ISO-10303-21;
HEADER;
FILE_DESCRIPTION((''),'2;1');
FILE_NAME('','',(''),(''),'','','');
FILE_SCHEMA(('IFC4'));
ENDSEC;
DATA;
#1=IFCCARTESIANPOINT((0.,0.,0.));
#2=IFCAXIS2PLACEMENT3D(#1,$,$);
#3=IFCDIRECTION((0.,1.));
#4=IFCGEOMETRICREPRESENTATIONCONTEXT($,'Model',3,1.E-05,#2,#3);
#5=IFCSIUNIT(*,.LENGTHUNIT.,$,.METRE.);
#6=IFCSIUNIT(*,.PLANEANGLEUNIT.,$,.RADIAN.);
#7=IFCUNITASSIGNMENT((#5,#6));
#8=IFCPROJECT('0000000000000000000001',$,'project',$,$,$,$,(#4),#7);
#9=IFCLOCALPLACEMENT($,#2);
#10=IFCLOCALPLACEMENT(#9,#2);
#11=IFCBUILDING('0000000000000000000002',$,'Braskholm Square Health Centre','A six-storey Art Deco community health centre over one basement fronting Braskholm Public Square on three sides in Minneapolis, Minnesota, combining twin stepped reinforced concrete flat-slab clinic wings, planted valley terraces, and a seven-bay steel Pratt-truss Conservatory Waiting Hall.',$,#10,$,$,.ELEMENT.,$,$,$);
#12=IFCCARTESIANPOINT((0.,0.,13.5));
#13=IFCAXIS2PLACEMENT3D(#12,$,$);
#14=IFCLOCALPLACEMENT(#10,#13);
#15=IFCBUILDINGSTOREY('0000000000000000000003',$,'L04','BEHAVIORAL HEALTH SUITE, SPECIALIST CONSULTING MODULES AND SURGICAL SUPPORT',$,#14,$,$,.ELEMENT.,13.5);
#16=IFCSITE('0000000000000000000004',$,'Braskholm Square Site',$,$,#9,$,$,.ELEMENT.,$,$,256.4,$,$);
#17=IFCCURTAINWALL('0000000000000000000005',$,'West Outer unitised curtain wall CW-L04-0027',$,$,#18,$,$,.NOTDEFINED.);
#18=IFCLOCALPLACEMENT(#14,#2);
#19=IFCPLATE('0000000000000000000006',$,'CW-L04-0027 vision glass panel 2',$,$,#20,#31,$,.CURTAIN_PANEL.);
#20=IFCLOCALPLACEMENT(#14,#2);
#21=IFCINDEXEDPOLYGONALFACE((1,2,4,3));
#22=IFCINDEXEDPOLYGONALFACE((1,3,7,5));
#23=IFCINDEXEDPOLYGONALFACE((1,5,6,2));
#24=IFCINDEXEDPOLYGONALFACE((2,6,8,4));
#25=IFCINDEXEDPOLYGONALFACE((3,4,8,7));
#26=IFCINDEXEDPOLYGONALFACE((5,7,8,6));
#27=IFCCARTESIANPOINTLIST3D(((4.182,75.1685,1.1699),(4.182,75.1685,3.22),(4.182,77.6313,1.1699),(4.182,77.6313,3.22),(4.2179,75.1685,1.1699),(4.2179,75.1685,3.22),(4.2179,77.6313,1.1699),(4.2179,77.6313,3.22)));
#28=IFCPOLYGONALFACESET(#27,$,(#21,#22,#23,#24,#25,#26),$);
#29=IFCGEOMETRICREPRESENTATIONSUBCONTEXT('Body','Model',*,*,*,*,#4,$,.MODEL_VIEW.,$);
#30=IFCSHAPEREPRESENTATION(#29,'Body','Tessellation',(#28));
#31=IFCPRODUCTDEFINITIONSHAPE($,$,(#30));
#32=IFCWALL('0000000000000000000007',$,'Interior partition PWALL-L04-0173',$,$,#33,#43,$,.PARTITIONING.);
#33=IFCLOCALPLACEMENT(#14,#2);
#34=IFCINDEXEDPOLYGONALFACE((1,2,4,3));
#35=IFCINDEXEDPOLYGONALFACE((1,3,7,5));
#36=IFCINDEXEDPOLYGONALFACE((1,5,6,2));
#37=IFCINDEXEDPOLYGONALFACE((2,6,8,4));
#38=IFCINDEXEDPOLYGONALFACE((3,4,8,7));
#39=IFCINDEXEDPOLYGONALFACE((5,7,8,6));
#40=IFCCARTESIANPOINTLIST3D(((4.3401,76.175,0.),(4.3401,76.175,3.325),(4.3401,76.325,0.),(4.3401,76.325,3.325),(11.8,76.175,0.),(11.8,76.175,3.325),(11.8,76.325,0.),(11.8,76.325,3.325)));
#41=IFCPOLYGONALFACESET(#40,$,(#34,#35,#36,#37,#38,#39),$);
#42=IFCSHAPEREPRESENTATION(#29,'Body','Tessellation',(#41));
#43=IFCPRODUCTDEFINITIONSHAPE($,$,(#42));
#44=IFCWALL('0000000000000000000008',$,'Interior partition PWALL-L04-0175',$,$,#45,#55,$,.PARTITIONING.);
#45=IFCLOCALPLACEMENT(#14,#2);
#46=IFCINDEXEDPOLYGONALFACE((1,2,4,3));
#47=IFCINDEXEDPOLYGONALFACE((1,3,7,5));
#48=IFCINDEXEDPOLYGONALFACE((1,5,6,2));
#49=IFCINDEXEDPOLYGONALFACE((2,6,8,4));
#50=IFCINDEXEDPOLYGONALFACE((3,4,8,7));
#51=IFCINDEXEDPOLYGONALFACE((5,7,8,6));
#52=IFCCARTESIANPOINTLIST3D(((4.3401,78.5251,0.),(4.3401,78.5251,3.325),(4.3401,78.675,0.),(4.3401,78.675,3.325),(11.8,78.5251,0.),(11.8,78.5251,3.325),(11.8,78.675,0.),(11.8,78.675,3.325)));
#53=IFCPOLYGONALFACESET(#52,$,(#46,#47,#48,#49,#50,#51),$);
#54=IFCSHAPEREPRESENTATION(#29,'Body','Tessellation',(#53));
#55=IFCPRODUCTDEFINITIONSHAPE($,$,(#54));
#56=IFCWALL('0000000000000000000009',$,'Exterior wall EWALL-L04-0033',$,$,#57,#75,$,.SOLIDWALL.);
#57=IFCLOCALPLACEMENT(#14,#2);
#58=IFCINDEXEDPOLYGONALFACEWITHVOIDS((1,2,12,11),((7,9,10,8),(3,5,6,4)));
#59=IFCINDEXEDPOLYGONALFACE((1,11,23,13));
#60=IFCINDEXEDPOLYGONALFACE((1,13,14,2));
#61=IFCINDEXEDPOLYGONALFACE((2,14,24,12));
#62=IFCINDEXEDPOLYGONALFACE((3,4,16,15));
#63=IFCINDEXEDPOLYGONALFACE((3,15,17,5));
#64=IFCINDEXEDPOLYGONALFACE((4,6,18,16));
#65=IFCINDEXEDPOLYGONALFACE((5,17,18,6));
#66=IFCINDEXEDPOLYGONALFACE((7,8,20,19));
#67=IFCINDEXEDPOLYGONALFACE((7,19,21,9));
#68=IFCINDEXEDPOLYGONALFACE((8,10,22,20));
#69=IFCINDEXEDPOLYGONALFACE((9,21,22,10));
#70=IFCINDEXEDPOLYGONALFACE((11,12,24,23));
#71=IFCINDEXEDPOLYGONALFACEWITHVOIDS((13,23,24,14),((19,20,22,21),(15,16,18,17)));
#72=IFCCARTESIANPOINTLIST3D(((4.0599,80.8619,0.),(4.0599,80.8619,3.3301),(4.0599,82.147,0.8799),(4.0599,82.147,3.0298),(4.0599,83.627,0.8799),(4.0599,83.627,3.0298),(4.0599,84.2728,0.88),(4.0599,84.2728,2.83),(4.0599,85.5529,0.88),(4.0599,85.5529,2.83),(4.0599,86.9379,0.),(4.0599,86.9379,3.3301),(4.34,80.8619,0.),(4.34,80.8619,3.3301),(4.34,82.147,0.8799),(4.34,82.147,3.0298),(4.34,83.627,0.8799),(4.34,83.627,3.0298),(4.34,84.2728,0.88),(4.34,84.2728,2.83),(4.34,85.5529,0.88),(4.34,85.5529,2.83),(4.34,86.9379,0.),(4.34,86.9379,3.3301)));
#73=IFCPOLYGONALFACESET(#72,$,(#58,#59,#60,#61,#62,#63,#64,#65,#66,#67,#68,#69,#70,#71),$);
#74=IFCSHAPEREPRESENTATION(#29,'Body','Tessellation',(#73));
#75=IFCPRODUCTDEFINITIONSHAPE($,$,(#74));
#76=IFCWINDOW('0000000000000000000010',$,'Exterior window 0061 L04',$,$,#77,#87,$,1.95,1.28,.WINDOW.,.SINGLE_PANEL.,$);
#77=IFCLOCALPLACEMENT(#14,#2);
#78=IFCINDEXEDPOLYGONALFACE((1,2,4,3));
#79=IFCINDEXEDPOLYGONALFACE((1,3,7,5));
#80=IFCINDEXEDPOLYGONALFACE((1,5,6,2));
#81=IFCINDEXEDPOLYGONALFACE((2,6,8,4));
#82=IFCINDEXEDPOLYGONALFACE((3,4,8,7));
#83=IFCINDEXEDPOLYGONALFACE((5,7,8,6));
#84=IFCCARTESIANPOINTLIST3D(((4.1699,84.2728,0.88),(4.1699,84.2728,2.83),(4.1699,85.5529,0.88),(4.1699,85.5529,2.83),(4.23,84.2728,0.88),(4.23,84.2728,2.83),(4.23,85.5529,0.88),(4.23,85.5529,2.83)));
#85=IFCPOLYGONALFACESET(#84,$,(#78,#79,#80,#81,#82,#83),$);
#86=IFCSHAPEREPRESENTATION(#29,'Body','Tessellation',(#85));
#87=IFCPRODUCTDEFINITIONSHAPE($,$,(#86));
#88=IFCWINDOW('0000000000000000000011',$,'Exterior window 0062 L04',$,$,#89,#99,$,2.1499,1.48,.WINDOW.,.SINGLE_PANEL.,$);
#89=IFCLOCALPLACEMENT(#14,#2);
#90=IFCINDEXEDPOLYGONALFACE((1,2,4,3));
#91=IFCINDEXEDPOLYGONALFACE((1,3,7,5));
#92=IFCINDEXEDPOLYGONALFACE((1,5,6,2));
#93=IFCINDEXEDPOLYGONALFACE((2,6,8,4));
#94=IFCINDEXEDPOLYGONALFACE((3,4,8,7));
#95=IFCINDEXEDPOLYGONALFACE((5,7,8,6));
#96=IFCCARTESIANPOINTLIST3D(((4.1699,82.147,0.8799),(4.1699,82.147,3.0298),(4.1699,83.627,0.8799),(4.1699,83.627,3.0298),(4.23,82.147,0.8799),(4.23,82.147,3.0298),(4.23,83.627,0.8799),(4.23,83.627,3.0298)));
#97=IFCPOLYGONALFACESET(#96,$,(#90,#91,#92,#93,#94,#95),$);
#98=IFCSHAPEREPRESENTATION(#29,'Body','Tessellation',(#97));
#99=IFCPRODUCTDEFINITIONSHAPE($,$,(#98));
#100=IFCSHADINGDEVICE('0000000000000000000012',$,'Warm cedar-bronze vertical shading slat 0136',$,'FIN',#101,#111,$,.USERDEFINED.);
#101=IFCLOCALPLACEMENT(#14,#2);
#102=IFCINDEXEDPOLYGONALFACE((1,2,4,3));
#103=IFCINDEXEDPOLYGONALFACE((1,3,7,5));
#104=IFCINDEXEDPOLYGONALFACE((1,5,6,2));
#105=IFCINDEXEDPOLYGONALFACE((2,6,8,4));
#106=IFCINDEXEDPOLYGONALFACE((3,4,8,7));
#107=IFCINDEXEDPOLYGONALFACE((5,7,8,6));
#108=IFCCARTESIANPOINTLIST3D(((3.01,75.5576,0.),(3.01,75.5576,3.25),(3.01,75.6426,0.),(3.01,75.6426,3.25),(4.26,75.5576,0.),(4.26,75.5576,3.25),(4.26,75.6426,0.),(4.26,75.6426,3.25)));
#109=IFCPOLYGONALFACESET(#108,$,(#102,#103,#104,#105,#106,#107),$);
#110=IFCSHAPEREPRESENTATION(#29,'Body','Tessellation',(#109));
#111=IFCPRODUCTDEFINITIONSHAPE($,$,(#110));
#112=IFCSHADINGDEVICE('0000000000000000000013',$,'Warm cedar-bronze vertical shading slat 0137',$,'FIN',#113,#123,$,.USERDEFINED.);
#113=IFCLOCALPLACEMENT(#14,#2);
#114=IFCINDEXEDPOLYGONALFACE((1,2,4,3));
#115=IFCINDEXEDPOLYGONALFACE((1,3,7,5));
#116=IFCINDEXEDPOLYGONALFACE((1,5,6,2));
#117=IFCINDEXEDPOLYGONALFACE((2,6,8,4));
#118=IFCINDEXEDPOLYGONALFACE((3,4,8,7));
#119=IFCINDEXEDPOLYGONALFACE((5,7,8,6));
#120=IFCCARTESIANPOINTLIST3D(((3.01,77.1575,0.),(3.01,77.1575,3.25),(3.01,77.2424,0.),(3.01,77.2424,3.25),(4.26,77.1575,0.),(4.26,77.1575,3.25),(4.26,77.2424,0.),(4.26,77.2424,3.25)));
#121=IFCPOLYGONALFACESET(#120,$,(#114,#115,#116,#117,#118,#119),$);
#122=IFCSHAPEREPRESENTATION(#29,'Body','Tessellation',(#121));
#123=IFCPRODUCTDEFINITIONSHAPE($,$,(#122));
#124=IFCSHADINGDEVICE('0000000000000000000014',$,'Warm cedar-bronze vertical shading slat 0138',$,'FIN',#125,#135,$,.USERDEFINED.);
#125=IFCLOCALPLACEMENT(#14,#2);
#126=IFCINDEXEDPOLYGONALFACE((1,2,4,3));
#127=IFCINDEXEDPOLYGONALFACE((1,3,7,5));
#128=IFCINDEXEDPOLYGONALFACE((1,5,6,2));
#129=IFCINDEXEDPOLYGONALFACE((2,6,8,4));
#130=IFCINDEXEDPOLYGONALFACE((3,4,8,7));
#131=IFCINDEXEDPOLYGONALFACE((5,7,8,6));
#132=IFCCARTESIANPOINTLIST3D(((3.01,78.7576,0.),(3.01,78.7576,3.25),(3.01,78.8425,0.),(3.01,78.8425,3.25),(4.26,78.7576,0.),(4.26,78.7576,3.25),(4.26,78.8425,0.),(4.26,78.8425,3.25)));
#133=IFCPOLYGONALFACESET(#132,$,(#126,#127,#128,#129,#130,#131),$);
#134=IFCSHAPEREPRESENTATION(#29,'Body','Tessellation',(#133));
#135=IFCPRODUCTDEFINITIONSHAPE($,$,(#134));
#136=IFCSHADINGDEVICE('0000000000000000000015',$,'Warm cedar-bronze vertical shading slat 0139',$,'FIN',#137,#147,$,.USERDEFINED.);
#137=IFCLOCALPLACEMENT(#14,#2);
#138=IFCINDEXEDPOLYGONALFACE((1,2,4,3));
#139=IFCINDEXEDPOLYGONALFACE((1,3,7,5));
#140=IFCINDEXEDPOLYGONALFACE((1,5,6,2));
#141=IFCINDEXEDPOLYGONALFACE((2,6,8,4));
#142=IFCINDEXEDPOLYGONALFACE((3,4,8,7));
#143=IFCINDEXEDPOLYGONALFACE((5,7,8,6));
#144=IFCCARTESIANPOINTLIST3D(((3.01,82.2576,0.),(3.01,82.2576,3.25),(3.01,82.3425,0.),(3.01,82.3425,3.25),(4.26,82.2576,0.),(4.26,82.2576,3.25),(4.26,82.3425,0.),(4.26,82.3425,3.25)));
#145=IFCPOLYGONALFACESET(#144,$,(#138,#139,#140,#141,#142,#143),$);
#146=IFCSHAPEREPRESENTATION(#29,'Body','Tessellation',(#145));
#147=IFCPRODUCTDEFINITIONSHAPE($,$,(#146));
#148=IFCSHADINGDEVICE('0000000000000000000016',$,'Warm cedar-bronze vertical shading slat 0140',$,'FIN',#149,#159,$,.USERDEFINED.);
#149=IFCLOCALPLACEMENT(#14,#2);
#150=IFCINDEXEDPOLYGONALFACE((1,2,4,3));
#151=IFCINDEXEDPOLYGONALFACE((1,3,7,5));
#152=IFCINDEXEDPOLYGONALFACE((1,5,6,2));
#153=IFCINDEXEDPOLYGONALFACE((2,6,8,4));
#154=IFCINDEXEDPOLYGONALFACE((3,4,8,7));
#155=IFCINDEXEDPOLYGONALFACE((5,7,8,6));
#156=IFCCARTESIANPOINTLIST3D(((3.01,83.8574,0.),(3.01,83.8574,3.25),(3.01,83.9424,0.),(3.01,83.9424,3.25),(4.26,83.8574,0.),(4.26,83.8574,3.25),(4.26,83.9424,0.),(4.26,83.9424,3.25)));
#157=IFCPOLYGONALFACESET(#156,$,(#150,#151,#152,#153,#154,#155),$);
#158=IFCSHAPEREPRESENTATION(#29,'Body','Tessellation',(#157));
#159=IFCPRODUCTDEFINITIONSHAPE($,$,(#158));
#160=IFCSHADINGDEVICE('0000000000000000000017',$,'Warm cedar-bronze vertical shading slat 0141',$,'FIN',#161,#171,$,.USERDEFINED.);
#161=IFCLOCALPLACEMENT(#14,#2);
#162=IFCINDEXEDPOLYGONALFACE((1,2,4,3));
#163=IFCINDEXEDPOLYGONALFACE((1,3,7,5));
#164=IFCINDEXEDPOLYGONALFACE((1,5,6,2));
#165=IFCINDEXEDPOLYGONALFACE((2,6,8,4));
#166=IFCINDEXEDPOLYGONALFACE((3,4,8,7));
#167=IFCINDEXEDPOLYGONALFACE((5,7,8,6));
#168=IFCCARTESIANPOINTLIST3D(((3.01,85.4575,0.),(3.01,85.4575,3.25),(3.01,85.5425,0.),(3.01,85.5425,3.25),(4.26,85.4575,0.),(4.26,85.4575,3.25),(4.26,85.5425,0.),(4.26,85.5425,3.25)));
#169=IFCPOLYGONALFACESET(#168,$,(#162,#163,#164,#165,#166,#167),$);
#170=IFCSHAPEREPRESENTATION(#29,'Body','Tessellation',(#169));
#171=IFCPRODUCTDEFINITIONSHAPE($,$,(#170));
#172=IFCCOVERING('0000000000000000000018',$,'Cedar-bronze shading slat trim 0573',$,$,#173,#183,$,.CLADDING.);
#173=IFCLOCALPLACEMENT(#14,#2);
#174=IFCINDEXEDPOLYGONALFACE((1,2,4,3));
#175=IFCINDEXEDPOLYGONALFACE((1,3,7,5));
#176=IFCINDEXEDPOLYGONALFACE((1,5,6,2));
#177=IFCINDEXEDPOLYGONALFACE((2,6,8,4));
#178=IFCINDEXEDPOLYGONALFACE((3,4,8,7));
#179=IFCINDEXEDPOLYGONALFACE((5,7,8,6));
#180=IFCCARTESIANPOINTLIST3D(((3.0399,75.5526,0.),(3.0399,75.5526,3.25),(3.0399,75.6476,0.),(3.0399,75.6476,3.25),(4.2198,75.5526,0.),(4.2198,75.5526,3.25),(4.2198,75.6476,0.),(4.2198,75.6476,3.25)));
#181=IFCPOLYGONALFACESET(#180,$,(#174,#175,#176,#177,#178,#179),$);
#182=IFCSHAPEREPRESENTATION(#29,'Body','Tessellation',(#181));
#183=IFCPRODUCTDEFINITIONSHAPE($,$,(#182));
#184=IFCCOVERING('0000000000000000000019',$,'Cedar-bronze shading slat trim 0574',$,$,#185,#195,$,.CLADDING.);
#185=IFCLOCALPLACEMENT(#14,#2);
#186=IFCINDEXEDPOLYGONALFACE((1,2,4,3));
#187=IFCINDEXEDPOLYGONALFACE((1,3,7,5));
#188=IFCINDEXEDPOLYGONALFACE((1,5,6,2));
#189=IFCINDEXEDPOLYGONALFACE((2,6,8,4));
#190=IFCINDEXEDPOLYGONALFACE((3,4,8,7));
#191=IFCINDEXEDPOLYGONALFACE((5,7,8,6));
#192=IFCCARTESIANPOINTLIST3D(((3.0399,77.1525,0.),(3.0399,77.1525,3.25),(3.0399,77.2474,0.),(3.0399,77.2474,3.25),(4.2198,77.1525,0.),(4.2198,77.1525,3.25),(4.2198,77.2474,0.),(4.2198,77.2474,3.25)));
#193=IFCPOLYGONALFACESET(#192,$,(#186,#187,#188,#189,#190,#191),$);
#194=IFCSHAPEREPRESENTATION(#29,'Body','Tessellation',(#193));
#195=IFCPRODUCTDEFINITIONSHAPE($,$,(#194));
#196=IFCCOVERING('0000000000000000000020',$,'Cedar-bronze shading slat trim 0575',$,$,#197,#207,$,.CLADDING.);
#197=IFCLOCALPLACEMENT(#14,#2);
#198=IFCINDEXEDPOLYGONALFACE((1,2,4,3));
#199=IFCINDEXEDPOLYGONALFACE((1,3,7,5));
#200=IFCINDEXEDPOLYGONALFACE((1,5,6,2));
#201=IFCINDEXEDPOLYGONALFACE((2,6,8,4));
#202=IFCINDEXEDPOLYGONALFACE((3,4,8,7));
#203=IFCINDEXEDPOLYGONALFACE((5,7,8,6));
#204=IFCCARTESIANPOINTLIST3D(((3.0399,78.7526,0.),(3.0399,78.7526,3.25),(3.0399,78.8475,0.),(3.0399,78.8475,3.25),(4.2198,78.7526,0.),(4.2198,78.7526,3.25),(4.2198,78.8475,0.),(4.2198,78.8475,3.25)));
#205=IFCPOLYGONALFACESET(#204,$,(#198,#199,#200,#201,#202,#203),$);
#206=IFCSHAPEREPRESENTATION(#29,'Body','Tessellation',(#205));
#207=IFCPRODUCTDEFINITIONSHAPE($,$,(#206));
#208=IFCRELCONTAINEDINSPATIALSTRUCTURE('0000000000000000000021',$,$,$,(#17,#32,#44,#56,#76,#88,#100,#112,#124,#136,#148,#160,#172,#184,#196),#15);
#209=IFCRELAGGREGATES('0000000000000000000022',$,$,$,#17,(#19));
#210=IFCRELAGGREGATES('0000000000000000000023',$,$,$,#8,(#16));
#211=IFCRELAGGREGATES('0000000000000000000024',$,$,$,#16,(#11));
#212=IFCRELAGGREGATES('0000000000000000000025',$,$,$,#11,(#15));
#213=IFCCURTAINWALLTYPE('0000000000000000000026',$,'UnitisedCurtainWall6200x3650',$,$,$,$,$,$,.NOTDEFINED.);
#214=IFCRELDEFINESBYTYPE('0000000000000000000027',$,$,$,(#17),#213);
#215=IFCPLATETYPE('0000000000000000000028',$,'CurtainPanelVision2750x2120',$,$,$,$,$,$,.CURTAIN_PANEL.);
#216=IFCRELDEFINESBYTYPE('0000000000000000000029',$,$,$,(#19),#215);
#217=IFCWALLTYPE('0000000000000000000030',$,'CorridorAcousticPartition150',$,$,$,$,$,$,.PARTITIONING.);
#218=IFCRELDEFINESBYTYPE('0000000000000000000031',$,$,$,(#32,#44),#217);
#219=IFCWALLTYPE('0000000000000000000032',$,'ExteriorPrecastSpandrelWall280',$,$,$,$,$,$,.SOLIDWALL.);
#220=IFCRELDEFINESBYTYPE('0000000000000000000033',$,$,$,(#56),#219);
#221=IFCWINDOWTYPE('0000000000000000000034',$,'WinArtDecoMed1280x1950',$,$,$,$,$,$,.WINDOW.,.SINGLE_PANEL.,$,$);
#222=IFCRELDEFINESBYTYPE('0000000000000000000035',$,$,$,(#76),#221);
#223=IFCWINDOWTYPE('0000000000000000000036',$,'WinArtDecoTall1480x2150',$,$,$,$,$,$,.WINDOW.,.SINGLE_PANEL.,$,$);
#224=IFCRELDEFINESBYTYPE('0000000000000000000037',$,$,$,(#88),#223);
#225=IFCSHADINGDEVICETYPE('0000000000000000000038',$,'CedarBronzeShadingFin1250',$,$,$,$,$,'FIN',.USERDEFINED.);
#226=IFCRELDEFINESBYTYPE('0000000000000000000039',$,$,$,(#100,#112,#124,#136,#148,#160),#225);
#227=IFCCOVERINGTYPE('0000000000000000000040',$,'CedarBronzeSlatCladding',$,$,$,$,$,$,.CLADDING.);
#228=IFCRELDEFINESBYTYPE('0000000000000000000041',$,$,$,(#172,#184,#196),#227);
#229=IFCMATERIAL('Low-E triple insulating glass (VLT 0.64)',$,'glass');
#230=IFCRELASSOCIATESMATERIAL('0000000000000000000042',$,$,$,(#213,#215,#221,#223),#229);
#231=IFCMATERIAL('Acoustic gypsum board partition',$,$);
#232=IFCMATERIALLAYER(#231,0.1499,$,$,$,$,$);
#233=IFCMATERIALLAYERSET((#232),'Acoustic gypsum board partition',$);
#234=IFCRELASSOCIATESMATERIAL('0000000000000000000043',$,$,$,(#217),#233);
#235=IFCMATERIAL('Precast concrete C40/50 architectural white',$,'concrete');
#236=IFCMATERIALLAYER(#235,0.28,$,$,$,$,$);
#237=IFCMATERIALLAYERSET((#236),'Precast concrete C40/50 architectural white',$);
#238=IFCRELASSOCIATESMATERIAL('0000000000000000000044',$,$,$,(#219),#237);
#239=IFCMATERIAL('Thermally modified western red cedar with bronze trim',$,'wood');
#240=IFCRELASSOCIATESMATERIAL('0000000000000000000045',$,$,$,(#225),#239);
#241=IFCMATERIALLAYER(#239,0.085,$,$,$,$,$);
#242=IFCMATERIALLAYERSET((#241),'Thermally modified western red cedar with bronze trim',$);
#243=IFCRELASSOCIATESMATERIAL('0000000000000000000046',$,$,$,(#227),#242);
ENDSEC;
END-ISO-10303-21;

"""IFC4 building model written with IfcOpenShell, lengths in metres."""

from ifc_helpers import new_model, si_unit, direction, frame, frame_2d, origin, origin_with_axes, origin_2d, place, context, subcontext, project, spatial, rectangle, extrude, material, layer, layer_set, type_object, element, fill, aggregate, save


model = new_model("IFC4")

# Units and contexts
model_context = context("Model", 3, precision=1e-05, world=origin(), true_north=direction((0.0, 1.0)))
body_context = subcontext(model_context, "Body", "Model", "MODEL_VIEW")
ifc_project = project(units=[si_unit("LENGTHUNIT", "METRE"), si_unit("PLANEANGLEUNIT", "RADIAN")], contexts=[model_context])

# Site, building, storey
site_placement = place(None, origin())
site = spatial("IfcSite", under=ifc_project, at=site_placement, Name="Braskholm Square Site", CompositionType="ELEMENT", RefElevation=256.4)
building_placement = place(site_placement, origin())
building = spatial("IfcBuilding", under=site, at=building_placement, Name="Braskholm Square Health Centre", Description="A six-storey Art Deco community health centre over one basement fronting Braskholm Public Square on three sides in Minneapolis, Minnesota, combining twin stepped reinforced concrete flat-slab clinic wings, planted valley terraces, and a seven-bay steel Pratt-truss Conservatory Waiting Hall.", CompositionType="ELEMENT")
storey_placement = place(building_placement, frame((0.0, 0.0, 13.5)))
storey = spatial("IfcBuildingStorey", under=building, at=storey_placement, Name="L04", Description="BEHAVIORAL HEALTH SUITE, SPECIALIST CONSULTING MODULES AND SURGICAL SUPPORT", CompositionType="ELEMENT", Elevation=13.5)

# Shared definitions
ifc_material_1 = material(Name="Precast concrete C40/50 architectural white", Category="concrete")

# Curtain wall
ifc_material_2 = material(Name="Low-E triple insulating glass (VLT 0.64)", Category="glass")
curtain_wall_type = type_object("IfcCurtainWallType", Name="UnitisedCurtainWall6200x3650", PredefinedType="NOTDEFINED", material=ifc_material_2)
curtain_wall_placement = place(storey_placement, origin())
curtain_wall = element("IfcCurtainWall", 1, at=curtain_wall_placement, inside=storey, type_object=curtain_wall_type, Name="West Outer unitised curtain wall CW-L04-0027", PredefinedType="NOTDEFINED")

# Plate
plate_type_1 = type_object("IfcPlateType", Name="CurtainPanelVision2750x2120", PredefinedType="CURTAIN_PANEL", material=ifc_material_2)
plate_1_placement = place(storey_placement, frame((4.2, 76.3999, 1.1699), z_axis=(0.0, 0.0, 1.0), x_axis=(0.0, -1.0, 0.0)))
plate_1 = element("IfcPlate", 2, at=plate_1_placement, type_object=plate_type_1, Name="CW-L04-0027 vision glass panel 2", PredefinedType="CURTAIN_PANEL", context=body_context, shape_type="SweptSolid", body=[
    extrude(rectangle(XDim=2.4629, YDim=0.0359, at=origin_2d()), origin(), (0.0, 0.0, 1.0), 2.05),
])
aggregate(curtain_wall, [plate_1])

# Walls
ifc_material_3 = material(Name="Acoustic gypsum board partition")
ifc_layer_1 = layer(ifc_material_3, 0.1499)
ifc_layer_set_1 = layer_set([ifc_layer_1], Name="Acoustic gypsum board partition")
wall_type_1 = type_object("IfcWallType", Name="CorridorAcousticPartition150", PredefinedType="PARTITIONING", material=ifc_layer_set_1)
for number, where, z_axis, x_axis, name in (
    (3, (4.3401, 76.25, 0.0), (0.0, 0.0, 1.0), (1.0, 0.0, 0.0), "Interior partition PWALL-L04-0173"),
    (4, (4.3401, 78.6001, 0.0), (0.0, 0.0, 1.0), (1.0, 0.0, 0.0), "Interior partition PWALL-L04-0175"),
):
    element("IfcWall", number, at=place(storey_placement, frame(where, z_axis=z_axis, x_axis=x_axis)), inside=storey, type_object=wall_type_1, Name=name, PredefinedType="PARTITIONING", context=body_context, shape_type="SweptSolid", body=[
        extrude(rectangle(XDim=7.46, YDim=0.1499, at=frame_2d((3.73, 0.0))), origin(), (0.0, 0.0, 1.0), 3.325),
    ])

# Wall, openings, windows
ifc_layer_2 = layer(ifc_material_1, 0.28)
ifc_layer_set_2 = layer_set([ifc_layer_2], Name="Precast concrete C40/50 architectural white")
wall_type_2 = type_object("IfcWallType", Name="ExteriorPrecastSpandrelWall280", PredefinedType="SOLIDWALL", material=ifc_layer_set_2)
wall_placement = place(storey_placement, frame((4.2, 86.938, 0.0), z_axis=(0.0, 0.0, 1.0), x_axis=(0.0, -1.0, 0.0)))
wall = element("IfcWall", 5, at=wall_placement, inside=storey, type_object=wall_type_2, Name="Exterior wall EWALL-L04-0033", PredefinedType="SOLIDWALL", context=body_context, shape_type="SweptSolid", body=[
    extrude(rectangle(XDim=6.0759, YDim=0.28, at=frame_2d((3.0381, 0.0))), origin(), (0.0, 0.0, 1.0), 3.3301),
])
opening_1_placement = place(wall_placement, frame((1.385, 0.0, 0.8799)))
opening_1 = element("IfcOpeningElement", 6, at=opening_1_placement, cuts=wall, PredefinedType="OPENING", context=body_context, shape_type="SweptSolid", body=[
    extrude(rectangle(XDim=1.28, YDim=1.95, at=frame_2d((0.6401, 0.9751))), frame((0.0, 0.1499, 0.0), z_axis=(0.0, -1.0, 0.0), x_axis=(1.0, 0.0, 0.0)), (0.0, 0.0, 1.0), 0.3),
])
opening_2_placement = place(wall_placement, frame((3.311, 0.0, 0.8799)))
opening_2 = element("IfcOpeningElement", 7, at=opening_2_placement, cuts=wall, PredefinedType="OPENING", context=body_context, shape_type="SweptSolid", body=[
    extrude(rectangle(XDim=1.48, YDim=2.1499, at=frame_2d((0.74, 1.075))), frame((0.0, 0.1499, 0.0), z_axis=(0.0, -1.0, 0.0), x_axis=(1.0, 0.0, 0.0)), (0.0, 0.0, 1.0), 0.3),
])
window_type_1 = type_object("IfcWindowType", Name="WinArtDecoMed1280x1950", PartitioningType="SINGLE_PANEL", PredefinedType="WINDOW", material=ifc_material_2)
window_1_placement = place(opening_1_placement, origin_with_axes())
window_1 = element("IfcWindow", 8, at=window_1_placement, inside=storey, type_object=window_type_1, Name="Exterior window 0061 L04", OverallHeight=1.95, OverallWidth=1.28, PartitioningType="SINGLE_PANEL", PredefinedType="WINDOW", context=body_context, shape_type="SweptSolid", body=[
    extrude(rectangle(XDim=1.28, YDim=1.95, at=frame_2d((0.6401, 0.9751))), frame((0.0, 0.03, 0.0), z_axis=(0.0, -1.0, 0.0), x_axis=(1.0, 0.0, 0.0)), (0.0, 0.0, 1.0), 0.0601),
])
fill(opening_1, window_1)
window_type_2 = type_object("IfcWindowType", Name="WinArtDecoTall1480x2150", PartitioningType="SINGLE_PANEL", PredefinedType="WINDOW", material=ifc_material_2)
window_2_placement = place(opening_2_placement, origin_with_axes())
window_2 = element("IfcWindow", 9, at=window_2_placement, inside=storey, type_object=window_type_2, Name="Exterior window 0062 L04", OverallHeight=2.1499, OverallWidth=1.48, PartitioningType="SINGLE_PANEL", PredefinedType="WINDOW", context=body_context, shape_type="SweptSolid", body=[
    extrude(rectangle(XDim=1.48, YDim=2.1499, at=frame_2d((0.74, 1.075))), frame((0.0, 0.03, 0.0), z_axis=(0.0, -1.0, 0.0), x_axis=(1.0, 0.0, 0.0)), (0.0, 0.0, 1.0), 0.0601),
])
fill(opening_2, window_2)

# Shading devices
ifc_material_4 = material(Name="Thermally modified western red cedar with bronze trim", Category="wood")
shading_device_type = type_object("IfcShadingDeviceType", Name="CedarBronzeShadingFin1250", ElementType="FIN", PredefinedType="USERDEFINED", material=ifc_material_4)
for number, where, z_axis, x_axis, name in (
    (10, (3.635, 75.6001, 0.0), (0.0, 0.0, 1.0), (1.0, 0.0, 0.0), "Warm cedar-bronze vertical shading slat 0136"),
    (11, (3.635, 77.2, 0.0), (0.0, 0.0, 1.0), (1.0, 0.0, 0.0), "Warm cedar-bronze vertical shading slat 0137"),
    (12, (3.635, 78.8, 0.0), (0.0, 0.0, 1.0), (1.0, 0.0, 0.0), "Warm cedar-bronze vertical shading slat 0138"),
    (13, (3.635, 82.3, 0.0), (0.0, 0.0, 1.0), (1.0, 0.0, 0.0), "Warm cedar-bronze vertical shading slat 0139"),
    (14, (3.635, 83.8999, 0.0), (0.0, 0.0, 1.0), (1.0, 0.0, 0.0), "Warm cedar-bronze vertical shading slat 0140"),
    (15, (3.635, 85.5, 0.0), (0.0, 0.0, 1.0), (1.0, 0.0, 0.0), "Warm cedar-bronze vertical shading slat 0141"),
):
    element("IfcShadingDevice", number, at=place(storey_placement, frame(where, z_axis=z_axis, x_axis=x_axis)), inside=storey, type_object=shading_device_type, Name=name, ObjectType="FIN", PredefinedType="USERDEFINED", context=body_context, shape_type="SweptSolid", body=[
        extrude(rectangle(XDim=1.25, YDim=0.085, at=origin_2d()), origin(), (0.0, 0.0, 1.0), 3.25),
    ])

# Coverings
ifc_layer_3 = layer(ifc_material_4, 0.085)
ifc_layer_set_3 = layer_set([ifc_layer_3], Name="Thermally modified western red cedar with bronze trim")
covering_type_1 = type_object("IfcCoveringType", Name="CedarBronzeSlatCladding", PredefinedType="CLADDING", material=ifc_layer_set_3)
for number, where, z_axis, x_axis, name in (
    (16, (3.6299, 75.6001, 0.0), (0.0, 0.0, 1.0), (1.0, 0.0, 0.0), "Cedar-bronze shading slat trim 0573"),
    (17, (3.6299, 77.2, 0.0), (0.0, 0.0, 1.0), (1.0, 0.0, 0.0), "Cedar-bronze shading slat trim 0574"),
    (18, (3.6299, 78.8, 0.0), (0.0, 0.0, 1.0), (1.0, 0.0, 0.0), "Cedar-bronze shading slat trim 0575"),
):
    element("IfcCovering", number, at=place(storey_placement, frame(where, z_axis=z_axis, x_axis=x_axis)), inside=storey, type_object=covering_type_1, Name=name, PredefinedType="CLADDING", context=body_context, shape_type="SweptSolid", body=[
        extrude(rectangle(XDim=1.1799, YDim=0.095, at=origin_2d()), origin(), (0.0, 0.0, 1.0), 3.25),
    ])

save(model, "model.ifc")
